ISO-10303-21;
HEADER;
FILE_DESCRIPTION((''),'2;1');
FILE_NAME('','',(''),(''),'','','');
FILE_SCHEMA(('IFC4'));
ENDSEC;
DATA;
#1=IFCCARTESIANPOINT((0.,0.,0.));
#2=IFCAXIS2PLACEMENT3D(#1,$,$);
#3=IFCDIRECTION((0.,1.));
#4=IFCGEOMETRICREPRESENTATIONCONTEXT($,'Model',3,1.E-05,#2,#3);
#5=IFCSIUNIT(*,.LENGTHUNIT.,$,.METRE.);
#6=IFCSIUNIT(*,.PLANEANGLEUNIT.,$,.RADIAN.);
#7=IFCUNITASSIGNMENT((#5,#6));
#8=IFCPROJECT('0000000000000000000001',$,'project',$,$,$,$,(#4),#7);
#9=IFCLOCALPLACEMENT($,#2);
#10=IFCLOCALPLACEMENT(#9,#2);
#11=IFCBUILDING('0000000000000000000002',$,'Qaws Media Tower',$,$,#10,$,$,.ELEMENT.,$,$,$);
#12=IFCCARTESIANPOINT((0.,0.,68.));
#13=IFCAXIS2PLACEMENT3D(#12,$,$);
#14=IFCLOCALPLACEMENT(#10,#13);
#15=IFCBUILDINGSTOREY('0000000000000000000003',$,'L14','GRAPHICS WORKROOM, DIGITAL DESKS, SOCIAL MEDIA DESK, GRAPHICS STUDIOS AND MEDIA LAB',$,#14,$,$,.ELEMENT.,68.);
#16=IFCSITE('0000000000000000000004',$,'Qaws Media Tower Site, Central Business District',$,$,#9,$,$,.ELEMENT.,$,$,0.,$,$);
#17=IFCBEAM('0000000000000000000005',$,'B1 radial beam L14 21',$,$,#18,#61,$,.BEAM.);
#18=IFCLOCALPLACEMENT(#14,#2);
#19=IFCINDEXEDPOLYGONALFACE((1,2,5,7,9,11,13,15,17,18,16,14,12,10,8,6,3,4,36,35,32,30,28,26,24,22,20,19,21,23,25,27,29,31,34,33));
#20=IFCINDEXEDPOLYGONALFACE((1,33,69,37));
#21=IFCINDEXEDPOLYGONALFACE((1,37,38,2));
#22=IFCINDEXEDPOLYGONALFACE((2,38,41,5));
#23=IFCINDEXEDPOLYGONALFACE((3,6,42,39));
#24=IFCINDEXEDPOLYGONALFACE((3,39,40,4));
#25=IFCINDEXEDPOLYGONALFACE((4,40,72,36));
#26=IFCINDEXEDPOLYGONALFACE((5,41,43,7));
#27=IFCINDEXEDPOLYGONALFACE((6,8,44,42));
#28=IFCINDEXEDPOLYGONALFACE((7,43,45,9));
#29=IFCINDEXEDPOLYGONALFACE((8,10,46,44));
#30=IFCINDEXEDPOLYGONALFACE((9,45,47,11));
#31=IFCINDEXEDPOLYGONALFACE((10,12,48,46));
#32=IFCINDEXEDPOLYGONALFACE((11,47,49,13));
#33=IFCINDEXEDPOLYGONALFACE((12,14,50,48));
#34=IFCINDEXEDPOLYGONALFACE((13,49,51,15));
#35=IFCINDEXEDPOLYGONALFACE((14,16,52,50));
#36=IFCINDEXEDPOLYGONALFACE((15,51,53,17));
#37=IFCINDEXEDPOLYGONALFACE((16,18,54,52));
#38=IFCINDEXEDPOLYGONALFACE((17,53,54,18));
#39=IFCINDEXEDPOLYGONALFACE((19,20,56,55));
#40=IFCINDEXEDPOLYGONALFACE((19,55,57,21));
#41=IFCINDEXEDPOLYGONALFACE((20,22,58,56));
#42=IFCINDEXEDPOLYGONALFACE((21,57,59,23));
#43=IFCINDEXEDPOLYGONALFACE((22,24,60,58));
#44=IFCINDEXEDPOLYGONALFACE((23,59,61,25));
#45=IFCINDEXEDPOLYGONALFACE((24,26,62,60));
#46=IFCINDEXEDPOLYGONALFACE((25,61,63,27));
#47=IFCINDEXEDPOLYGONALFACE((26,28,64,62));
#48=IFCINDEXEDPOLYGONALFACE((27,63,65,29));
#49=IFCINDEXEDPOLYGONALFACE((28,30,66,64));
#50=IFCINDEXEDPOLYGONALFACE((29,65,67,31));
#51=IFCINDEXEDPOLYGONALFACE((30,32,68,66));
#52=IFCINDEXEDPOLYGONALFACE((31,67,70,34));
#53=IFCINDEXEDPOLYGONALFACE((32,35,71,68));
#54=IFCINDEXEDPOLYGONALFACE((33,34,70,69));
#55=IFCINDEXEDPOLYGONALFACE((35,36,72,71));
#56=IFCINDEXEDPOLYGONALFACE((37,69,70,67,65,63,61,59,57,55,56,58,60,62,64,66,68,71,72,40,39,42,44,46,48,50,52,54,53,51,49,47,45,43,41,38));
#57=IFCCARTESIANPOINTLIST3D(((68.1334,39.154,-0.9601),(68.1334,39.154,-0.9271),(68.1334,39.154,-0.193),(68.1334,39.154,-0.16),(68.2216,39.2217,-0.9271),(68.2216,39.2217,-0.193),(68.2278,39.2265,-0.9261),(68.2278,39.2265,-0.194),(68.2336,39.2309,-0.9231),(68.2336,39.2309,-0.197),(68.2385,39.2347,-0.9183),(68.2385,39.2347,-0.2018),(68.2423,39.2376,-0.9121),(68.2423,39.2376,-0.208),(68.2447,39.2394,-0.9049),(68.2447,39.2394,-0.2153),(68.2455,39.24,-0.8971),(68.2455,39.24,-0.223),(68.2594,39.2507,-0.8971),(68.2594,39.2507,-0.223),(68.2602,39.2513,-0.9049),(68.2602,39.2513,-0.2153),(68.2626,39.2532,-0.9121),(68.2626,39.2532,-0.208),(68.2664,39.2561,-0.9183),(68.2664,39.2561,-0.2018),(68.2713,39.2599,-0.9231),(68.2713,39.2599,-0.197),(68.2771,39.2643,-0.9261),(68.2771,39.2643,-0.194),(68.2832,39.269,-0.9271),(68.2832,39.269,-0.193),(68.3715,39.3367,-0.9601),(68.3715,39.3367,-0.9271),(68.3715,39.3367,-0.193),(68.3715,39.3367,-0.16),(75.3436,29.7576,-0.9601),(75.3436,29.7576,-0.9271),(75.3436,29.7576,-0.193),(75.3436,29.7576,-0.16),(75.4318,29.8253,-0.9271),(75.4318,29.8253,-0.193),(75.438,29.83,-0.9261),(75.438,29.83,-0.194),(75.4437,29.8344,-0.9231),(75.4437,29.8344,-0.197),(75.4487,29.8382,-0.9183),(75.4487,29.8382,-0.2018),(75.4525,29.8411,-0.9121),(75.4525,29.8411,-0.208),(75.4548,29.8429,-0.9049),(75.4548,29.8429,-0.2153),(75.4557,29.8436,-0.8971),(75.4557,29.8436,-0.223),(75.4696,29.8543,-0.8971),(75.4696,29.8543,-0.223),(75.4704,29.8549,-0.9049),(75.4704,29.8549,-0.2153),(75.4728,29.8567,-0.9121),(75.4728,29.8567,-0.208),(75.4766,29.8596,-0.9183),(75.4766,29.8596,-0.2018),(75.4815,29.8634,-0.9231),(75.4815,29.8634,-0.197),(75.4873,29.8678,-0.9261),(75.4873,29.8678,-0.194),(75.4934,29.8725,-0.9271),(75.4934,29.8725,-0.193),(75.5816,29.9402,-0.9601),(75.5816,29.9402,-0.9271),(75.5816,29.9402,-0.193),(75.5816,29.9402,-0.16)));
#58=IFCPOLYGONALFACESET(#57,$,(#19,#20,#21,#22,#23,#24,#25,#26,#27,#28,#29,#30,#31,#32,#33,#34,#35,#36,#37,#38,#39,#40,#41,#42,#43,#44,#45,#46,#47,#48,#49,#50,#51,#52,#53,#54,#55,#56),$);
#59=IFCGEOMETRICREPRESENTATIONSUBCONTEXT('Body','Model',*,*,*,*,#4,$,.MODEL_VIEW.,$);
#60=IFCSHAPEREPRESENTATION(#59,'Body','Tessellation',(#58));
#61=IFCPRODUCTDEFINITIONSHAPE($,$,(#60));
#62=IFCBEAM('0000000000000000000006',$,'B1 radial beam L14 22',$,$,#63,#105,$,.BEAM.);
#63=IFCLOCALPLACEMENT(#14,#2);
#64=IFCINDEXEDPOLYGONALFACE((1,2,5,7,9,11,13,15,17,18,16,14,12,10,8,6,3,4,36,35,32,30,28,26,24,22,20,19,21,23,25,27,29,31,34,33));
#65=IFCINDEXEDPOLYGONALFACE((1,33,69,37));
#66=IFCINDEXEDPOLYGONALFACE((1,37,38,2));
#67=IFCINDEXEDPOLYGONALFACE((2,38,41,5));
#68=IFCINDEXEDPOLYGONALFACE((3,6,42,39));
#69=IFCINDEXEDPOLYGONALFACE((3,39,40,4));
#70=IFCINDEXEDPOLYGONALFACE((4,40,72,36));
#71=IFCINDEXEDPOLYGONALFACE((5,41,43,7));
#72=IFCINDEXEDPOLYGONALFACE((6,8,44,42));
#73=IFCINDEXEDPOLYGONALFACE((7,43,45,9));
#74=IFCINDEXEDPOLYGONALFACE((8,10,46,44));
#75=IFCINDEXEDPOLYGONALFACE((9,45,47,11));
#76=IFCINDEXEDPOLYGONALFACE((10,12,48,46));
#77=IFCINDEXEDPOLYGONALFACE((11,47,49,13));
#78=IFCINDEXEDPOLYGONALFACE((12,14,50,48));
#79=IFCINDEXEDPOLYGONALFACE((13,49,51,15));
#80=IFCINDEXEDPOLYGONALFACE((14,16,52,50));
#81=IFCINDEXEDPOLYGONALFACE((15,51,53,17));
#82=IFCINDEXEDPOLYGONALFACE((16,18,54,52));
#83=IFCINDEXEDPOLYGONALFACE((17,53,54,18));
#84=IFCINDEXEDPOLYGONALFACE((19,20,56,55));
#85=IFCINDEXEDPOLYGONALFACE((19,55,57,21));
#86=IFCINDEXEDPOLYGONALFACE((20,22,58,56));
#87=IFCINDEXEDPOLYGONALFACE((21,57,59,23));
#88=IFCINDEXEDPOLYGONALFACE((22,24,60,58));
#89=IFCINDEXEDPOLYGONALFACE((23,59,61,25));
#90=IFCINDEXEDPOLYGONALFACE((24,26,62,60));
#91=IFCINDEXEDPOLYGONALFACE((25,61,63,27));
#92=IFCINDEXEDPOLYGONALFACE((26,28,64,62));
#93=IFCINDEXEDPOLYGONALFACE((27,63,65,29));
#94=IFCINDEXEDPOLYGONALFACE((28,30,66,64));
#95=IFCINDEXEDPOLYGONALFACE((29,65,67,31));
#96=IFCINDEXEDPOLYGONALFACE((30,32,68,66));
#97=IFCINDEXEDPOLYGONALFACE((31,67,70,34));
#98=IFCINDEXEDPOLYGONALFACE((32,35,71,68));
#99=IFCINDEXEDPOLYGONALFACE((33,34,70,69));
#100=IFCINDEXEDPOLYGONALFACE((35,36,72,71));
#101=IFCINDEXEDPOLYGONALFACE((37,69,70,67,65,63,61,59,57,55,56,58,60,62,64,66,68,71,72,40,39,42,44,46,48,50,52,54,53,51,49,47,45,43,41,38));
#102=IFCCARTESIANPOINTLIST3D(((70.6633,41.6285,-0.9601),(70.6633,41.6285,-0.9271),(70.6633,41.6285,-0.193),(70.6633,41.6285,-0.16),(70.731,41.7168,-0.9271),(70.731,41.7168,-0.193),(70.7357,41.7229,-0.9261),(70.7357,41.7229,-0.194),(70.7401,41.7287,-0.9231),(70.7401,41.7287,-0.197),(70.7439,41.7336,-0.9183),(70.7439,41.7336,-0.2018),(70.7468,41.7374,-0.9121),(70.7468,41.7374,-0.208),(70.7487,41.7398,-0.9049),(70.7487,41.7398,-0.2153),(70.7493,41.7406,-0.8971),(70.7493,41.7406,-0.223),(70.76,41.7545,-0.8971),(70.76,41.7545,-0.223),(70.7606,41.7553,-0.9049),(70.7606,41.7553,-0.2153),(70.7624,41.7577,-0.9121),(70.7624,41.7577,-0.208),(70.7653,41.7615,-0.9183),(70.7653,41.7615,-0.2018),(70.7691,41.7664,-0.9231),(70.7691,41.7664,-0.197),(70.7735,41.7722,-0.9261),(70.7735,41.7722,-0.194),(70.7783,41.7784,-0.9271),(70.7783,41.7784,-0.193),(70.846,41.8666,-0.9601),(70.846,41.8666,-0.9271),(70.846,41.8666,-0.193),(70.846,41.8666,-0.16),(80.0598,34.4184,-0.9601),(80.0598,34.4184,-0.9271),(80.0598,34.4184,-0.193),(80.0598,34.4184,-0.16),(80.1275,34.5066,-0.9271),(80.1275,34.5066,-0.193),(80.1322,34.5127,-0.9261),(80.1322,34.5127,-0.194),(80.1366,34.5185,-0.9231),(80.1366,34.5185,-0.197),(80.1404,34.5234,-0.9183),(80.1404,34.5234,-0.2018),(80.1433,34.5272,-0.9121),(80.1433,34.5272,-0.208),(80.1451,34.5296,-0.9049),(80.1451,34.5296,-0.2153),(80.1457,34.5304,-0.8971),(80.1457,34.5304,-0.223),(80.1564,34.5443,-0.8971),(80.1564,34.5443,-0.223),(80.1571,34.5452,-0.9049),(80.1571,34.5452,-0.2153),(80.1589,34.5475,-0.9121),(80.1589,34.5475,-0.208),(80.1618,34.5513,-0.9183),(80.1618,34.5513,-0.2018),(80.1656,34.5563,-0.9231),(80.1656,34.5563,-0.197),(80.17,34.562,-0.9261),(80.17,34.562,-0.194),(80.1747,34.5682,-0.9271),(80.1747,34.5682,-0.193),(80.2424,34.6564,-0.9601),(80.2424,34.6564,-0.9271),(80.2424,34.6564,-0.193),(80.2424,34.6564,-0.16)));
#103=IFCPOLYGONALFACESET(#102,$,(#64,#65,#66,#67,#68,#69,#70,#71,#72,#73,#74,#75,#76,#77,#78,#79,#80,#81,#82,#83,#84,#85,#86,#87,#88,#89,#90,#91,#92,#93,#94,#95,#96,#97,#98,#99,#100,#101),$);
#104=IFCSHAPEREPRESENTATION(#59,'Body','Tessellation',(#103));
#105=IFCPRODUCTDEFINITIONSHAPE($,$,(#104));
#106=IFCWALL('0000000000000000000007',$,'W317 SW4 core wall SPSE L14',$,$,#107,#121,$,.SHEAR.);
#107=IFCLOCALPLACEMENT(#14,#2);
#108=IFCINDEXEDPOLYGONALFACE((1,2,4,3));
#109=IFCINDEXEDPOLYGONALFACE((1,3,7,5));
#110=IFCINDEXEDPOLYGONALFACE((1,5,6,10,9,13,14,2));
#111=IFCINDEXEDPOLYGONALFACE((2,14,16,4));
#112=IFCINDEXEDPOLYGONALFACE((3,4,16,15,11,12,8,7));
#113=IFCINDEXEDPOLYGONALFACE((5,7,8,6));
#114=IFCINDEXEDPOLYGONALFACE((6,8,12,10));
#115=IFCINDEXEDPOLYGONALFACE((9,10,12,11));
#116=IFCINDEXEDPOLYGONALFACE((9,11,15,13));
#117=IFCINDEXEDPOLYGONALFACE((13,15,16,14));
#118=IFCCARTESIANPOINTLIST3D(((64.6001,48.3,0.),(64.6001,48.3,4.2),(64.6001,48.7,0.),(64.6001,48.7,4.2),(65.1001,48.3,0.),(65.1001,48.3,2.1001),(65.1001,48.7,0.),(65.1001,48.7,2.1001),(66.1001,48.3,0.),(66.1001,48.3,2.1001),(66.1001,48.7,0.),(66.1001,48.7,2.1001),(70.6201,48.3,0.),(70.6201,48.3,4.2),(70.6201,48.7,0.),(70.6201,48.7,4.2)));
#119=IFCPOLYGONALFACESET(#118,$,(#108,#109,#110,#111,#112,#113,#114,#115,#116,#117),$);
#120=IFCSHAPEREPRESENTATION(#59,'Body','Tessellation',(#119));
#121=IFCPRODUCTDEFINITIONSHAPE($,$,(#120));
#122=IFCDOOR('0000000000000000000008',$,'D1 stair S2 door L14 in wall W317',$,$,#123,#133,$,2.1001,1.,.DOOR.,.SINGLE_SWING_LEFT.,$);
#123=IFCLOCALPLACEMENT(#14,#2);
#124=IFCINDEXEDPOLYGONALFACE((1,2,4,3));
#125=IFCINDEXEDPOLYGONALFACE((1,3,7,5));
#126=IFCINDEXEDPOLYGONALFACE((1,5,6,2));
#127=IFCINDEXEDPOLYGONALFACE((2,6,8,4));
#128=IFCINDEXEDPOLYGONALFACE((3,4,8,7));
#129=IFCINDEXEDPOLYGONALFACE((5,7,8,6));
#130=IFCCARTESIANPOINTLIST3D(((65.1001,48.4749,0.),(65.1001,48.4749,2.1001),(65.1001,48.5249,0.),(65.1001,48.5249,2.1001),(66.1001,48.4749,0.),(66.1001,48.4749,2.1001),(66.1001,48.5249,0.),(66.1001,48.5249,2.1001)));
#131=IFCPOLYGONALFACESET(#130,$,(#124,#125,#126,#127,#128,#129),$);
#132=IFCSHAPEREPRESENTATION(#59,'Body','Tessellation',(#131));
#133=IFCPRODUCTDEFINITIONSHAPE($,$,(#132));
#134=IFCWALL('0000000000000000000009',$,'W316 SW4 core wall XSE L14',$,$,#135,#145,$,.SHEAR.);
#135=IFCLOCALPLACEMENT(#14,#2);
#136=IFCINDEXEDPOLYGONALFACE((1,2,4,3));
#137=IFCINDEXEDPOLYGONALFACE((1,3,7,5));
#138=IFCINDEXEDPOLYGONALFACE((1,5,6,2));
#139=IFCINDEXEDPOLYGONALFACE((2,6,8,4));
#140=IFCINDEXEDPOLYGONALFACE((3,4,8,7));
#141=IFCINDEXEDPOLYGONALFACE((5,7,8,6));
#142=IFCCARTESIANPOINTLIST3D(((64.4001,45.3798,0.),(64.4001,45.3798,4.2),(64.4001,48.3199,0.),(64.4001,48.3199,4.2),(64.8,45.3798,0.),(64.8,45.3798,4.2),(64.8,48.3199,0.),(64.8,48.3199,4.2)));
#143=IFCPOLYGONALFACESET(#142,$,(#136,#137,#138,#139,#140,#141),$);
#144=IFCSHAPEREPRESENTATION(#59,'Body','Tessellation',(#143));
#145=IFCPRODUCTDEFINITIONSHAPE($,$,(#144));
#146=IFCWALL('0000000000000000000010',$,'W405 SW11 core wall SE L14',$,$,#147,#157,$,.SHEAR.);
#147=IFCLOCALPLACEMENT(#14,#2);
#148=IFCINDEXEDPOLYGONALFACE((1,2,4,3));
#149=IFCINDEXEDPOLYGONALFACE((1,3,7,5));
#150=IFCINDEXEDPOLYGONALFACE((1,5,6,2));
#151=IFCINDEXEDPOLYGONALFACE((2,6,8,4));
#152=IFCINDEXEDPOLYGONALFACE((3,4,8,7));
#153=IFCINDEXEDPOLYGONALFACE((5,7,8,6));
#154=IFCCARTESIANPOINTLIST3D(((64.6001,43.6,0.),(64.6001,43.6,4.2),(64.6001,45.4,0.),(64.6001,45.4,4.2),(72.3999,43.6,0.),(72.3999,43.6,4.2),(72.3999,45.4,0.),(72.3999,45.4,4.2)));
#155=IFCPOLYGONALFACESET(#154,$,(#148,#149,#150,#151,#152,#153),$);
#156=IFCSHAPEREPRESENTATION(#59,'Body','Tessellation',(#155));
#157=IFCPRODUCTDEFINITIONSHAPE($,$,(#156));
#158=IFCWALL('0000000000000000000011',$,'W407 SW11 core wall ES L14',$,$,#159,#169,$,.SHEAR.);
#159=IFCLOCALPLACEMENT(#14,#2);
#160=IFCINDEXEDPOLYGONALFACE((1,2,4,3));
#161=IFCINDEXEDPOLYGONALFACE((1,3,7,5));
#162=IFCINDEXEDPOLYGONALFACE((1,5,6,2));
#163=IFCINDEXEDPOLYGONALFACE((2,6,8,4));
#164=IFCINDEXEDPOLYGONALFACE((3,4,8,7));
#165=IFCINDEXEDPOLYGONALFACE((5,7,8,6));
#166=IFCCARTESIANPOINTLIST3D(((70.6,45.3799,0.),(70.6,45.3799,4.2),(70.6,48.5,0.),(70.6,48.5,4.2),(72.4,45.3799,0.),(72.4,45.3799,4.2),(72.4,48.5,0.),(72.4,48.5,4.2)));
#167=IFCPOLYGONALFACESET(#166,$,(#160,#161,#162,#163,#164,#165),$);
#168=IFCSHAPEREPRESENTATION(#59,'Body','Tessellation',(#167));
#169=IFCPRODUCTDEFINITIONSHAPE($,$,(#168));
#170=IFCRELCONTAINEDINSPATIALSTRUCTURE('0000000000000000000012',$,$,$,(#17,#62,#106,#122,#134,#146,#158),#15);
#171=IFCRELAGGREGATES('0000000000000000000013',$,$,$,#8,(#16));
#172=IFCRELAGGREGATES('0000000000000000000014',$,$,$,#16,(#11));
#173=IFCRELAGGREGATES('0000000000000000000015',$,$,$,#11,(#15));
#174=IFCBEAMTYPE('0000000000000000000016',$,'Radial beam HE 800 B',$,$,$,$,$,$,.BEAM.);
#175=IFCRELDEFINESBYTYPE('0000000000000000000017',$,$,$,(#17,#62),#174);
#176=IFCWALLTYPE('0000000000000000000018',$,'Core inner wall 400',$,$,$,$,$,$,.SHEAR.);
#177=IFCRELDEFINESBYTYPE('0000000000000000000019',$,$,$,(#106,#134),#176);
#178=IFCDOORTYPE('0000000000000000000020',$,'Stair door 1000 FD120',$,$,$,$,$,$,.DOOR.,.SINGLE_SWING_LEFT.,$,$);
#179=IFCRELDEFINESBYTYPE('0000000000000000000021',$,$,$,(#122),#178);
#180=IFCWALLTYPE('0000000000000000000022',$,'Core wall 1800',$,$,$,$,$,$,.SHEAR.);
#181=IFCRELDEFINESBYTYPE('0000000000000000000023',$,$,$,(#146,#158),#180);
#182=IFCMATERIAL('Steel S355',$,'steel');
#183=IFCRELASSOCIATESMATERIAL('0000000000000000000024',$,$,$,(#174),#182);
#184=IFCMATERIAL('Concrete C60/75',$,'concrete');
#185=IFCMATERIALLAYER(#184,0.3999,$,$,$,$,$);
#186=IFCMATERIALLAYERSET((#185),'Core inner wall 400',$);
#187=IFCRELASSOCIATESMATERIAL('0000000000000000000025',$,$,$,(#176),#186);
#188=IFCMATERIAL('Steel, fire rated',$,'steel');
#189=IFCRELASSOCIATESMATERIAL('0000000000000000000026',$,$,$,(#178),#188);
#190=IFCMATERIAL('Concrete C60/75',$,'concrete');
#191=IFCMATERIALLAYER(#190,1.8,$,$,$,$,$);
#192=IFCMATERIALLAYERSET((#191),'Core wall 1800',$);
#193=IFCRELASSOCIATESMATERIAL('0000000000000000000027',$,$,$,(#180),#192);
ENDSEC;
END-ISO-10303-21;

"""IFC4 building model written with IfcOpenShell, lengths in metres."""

from ifc_helpers import new_model, si_unit, direction, frame, frame_2d, origin, origin_2d, place, context, subcontext, project, spatial, rectangle, i_section, extrude, material, layer, layer_set, material_profile, profile_set, type_object, element, fill, save


model = new_model("IFC4")

# Units and contexts
model_context = context("Model", 3, precision=1e-05, world=origin(), true_north=direction((0.0, 1.0)))
body_context = subcontext(model_context, "Body", "Model", "MODEL_VIEW")
ifc_project = project(units=[si_unit("LENGTHUNIT", "METRE"), si_unit("PLANEANGLEUNIT", "RADIAN")], contexts=[model_context])

# Site, building, storey
site_placement = place(None, origin())
site = spatial("IfcSite", under=ifc_project, at=site_placement, Name="Qaws Media Tower Site, Central Business District", CompositionType="ELEMENT", RefElevation=0.0)
building_placement = place(site_placement, origin())
building = spatial("IfcBuilding", under=site, at=building_placement, Name="Qaws Media Tower", CompositionType="ELEMENT")
storey_placement = place(building_placement, frame((0.0, 0.0, 68.0)))
storey = spatial("IfcBuildingStorey", under=building, at=storey_placement, Name="L14", Description="GRAPHICS WORKROOM, DIGITAL DESKS, SOCIAL MEDIA DESK, GRAPHICS STUDIOS AND MEDIA LAB", CompositionType="ELEMENT", Elevation=68.0)

# Beams
ifc_material_1 = material(Name="Steel S355", Category="steel")
ifc_material_profile_1 = material_profile(ifc_material_1, i_section(OverallWidth=0.3, OverallDepth=0.8, WebThickness=0.0176, FlangeThickness=0.033, FilletRadius=0.03, at=origin_2d()), Name="HE 800 B")
ifc_profile_set_1 = profile_set([ifc_material_profile_1], Name="Steel S355")
beam_type_1 = type_object("IfcBeamType", Name="Radial beam HE 800 B", PredefinedType="BEAM", material=ifc_profile_set_1)
for number, where, z_axis, x_axis, name in (
    (1, (68.2524, 39.2454, -0.5601), (0.608763, -0.793352, 0.0), (0.793352, 0.608763, 0.0), "B1 radial beam L14 21"),
    (2, (70.7546, 41.7476, -0.5601), (0.793352, -0.608763, 0.0), (0.608763, 0.793352, 0.0), "B1 radial beam L14 22"),
):
    element("IfcBeam", number, at=place(storey_placement, frame(where, z_axis=z_axis, x_axis=x_axis)), inside=storey, type_object=beam_type_1, Name=name, PredefinedType="BEAM", context=body_context, shape_type="SweptSolid", body=[
        extrude(i_section(OverallWidth=0.3, OverallDepth=0.8, WebThickness=0.0176, FlangeThickness=0.033, FilletRadius=0.03, at=origin_2d()), origin(), (0.0, 0.0, 1.0), 11.844),
    ])

# Wall, opening, door
ifc_material_2 = material(Name="Concrete C60/75", Category="concrete")
ifc_layer_1 = layer(ifc_material_2, 0.3999)
ifc_layer_set_1 = layer_set([ifc_layer_1], Name="Core inner wall 400")
wall_type_1 = type_object("IfcWallType", Name="Core inner wall 400", PredefinedType="SHEAR", material=ifc_layer_set_1)
wall_1_placement = place(storey_placement, frame((64.6001, 48.5, 0.0), z_axis=(0.0, 0.0, 1.0), x_axis=(1.0, 0.0, 0.0)))
wall_1 = element("IfcWall", 3, at=wall_1_placement, inside=storey, type_object=wall_type_1, Name="W317 SW4 core wall SPSE L14", PredefinedType="SHEAR", context=body_context, shape_type="SweptSolid", body=[
    extrude(rectangle(XDim=6.02, YDim=0.3999, at=frame_2d((3.01, 0.0))), origin(), (0.0, 0.0, 1.0), 4.2),
])
opening_1_placement = place(wall_1_placement, frame((0.5, 0.0, 0.0)))
opening_1 = element("IfcOpeningElement", 4, at=opening_1_placement, cuts=wall_1, PredefinedType="OPENING", context=body_context, shape_type="SweptSolid", body=[
    extrude(rectangle(XDim=1.0, YDim=2.1001, at=frame_2d((0.5, 1.05))), frame((0.0, 0.21, 0.0), z_axis=(0.0, -1.0, 0.0), x_axis=(1.0, 0.0, 0.0)), (0.0, 0.0, 1.0), 0.4199),
])
ifc_material_3 = material(Name="Steel, fire rated", Category="steel")
door_type_1 = type_object("IfcDoorType", Name="Stair door 1000 FD120", OperationType="SINGLE_SWING_LEFT", PredefinedType="DOOR", material=ifc_material_3)
door_1_placement = place(opening_1_placement, origin())
door_1 = element("IfcDoor", 5, at=door_1_placement, inside=storey, type_object=door_type_1, Name="D1 stair S2 door L14 in wall W317", OperationType="SINGLE_SWING_LEFT", OverallHeight=2.1001, OverallWidth=1.0, PredefinedType="DOOR", context=body_context, shape_type="SweptSolid", body=[
    extrude(rectangle(XDim=1.0, YDim=2.1001, at=frame_2d((0.5, 1.05))), frame((0.0, 0.0249, 0.0), z_axis=(0.0, -1.0, 0.0), x_axis=(1.0, 0.0, 0.0)), (0.0, 0.0, 1.0), 0.05),
])
fill(opening_1, door_1)

# Walls
wall_2_placement = place(storey_placement, frame((64.6001, 48.3201, 0.0), z_axis=(0.0, 0.0, 1.0), x_axis=(0.0, -1.0, 0.0)))
element("IfcWall", 6, at=wall_2_placement, inside=storey, type_object=wall_type_1, Name="W316 SW4 core wall XSE L14", PredefinedType="SHEAR", context=body_context, shape_type="SweptSolid", body=[
    extrude(rectangle(XDim=2.9402, YDim=0.3999, at=frame_2d((1.4702, 0.0))), origin(), (0.0, 0.0, 1.0), 4.2),
])
ifc_material_4 = material(Name="Concrete C60/75", Category="concrete")
ifc_layer_2 = layer(ifc_material_4, 1.8)
ifc_layer_set_2 = layer_set([ifc_layer_2], Name="Core wall 1800")
wall_type_2 = type_object("IfcWallType", Name="Core wall 1800", PredefinedType="SHEAR", material=ifc_layer_set_2)
wall_3_placement = place(storey_placement, frame((64.6001, 44.5, 0.0), z_axis=(0.0, 0.0, 1.0), x_axis=(1.0, 0.0, 0.0)))
element("IfcWall", 7, at=wall_3_placement, inside=storey, type_object=wall_type_2, Name="W405 SW11 core wall SE L14", PredefinedType="SHEAR", context=body_context, shape_type="SweptSolid", body=[
    extrude(rectangle(XDim=7.7998, YDim=1.8, at=frame_2d((3.8999, 0.0))), origin(), (0.0, 0.0, 1.0), 4.2),
])
wall_4_placement = place(storey_placement, frame((71.5, 45.3799, 0.0), z_axis=(0.0, 0.0, 1.0), x_axis=(0.0, 1.0, 0.0)))
element("IfcWall", 8, at=wall_4_placement, inside=storey, type_object=wall_type_2, Name="W407 SW11 core wall ES L14", PredefinedType="SHEAR", context=body_context, shape_type="SweptSolid", body=[
    extrude(rectangle(XDim=3.1201, YDim=1.8, at=frame_2d((1.5601, 0.0))), origin(), (0.0, 0.0, 1.0), 4.2),
])

save(model, "model.ifc")
